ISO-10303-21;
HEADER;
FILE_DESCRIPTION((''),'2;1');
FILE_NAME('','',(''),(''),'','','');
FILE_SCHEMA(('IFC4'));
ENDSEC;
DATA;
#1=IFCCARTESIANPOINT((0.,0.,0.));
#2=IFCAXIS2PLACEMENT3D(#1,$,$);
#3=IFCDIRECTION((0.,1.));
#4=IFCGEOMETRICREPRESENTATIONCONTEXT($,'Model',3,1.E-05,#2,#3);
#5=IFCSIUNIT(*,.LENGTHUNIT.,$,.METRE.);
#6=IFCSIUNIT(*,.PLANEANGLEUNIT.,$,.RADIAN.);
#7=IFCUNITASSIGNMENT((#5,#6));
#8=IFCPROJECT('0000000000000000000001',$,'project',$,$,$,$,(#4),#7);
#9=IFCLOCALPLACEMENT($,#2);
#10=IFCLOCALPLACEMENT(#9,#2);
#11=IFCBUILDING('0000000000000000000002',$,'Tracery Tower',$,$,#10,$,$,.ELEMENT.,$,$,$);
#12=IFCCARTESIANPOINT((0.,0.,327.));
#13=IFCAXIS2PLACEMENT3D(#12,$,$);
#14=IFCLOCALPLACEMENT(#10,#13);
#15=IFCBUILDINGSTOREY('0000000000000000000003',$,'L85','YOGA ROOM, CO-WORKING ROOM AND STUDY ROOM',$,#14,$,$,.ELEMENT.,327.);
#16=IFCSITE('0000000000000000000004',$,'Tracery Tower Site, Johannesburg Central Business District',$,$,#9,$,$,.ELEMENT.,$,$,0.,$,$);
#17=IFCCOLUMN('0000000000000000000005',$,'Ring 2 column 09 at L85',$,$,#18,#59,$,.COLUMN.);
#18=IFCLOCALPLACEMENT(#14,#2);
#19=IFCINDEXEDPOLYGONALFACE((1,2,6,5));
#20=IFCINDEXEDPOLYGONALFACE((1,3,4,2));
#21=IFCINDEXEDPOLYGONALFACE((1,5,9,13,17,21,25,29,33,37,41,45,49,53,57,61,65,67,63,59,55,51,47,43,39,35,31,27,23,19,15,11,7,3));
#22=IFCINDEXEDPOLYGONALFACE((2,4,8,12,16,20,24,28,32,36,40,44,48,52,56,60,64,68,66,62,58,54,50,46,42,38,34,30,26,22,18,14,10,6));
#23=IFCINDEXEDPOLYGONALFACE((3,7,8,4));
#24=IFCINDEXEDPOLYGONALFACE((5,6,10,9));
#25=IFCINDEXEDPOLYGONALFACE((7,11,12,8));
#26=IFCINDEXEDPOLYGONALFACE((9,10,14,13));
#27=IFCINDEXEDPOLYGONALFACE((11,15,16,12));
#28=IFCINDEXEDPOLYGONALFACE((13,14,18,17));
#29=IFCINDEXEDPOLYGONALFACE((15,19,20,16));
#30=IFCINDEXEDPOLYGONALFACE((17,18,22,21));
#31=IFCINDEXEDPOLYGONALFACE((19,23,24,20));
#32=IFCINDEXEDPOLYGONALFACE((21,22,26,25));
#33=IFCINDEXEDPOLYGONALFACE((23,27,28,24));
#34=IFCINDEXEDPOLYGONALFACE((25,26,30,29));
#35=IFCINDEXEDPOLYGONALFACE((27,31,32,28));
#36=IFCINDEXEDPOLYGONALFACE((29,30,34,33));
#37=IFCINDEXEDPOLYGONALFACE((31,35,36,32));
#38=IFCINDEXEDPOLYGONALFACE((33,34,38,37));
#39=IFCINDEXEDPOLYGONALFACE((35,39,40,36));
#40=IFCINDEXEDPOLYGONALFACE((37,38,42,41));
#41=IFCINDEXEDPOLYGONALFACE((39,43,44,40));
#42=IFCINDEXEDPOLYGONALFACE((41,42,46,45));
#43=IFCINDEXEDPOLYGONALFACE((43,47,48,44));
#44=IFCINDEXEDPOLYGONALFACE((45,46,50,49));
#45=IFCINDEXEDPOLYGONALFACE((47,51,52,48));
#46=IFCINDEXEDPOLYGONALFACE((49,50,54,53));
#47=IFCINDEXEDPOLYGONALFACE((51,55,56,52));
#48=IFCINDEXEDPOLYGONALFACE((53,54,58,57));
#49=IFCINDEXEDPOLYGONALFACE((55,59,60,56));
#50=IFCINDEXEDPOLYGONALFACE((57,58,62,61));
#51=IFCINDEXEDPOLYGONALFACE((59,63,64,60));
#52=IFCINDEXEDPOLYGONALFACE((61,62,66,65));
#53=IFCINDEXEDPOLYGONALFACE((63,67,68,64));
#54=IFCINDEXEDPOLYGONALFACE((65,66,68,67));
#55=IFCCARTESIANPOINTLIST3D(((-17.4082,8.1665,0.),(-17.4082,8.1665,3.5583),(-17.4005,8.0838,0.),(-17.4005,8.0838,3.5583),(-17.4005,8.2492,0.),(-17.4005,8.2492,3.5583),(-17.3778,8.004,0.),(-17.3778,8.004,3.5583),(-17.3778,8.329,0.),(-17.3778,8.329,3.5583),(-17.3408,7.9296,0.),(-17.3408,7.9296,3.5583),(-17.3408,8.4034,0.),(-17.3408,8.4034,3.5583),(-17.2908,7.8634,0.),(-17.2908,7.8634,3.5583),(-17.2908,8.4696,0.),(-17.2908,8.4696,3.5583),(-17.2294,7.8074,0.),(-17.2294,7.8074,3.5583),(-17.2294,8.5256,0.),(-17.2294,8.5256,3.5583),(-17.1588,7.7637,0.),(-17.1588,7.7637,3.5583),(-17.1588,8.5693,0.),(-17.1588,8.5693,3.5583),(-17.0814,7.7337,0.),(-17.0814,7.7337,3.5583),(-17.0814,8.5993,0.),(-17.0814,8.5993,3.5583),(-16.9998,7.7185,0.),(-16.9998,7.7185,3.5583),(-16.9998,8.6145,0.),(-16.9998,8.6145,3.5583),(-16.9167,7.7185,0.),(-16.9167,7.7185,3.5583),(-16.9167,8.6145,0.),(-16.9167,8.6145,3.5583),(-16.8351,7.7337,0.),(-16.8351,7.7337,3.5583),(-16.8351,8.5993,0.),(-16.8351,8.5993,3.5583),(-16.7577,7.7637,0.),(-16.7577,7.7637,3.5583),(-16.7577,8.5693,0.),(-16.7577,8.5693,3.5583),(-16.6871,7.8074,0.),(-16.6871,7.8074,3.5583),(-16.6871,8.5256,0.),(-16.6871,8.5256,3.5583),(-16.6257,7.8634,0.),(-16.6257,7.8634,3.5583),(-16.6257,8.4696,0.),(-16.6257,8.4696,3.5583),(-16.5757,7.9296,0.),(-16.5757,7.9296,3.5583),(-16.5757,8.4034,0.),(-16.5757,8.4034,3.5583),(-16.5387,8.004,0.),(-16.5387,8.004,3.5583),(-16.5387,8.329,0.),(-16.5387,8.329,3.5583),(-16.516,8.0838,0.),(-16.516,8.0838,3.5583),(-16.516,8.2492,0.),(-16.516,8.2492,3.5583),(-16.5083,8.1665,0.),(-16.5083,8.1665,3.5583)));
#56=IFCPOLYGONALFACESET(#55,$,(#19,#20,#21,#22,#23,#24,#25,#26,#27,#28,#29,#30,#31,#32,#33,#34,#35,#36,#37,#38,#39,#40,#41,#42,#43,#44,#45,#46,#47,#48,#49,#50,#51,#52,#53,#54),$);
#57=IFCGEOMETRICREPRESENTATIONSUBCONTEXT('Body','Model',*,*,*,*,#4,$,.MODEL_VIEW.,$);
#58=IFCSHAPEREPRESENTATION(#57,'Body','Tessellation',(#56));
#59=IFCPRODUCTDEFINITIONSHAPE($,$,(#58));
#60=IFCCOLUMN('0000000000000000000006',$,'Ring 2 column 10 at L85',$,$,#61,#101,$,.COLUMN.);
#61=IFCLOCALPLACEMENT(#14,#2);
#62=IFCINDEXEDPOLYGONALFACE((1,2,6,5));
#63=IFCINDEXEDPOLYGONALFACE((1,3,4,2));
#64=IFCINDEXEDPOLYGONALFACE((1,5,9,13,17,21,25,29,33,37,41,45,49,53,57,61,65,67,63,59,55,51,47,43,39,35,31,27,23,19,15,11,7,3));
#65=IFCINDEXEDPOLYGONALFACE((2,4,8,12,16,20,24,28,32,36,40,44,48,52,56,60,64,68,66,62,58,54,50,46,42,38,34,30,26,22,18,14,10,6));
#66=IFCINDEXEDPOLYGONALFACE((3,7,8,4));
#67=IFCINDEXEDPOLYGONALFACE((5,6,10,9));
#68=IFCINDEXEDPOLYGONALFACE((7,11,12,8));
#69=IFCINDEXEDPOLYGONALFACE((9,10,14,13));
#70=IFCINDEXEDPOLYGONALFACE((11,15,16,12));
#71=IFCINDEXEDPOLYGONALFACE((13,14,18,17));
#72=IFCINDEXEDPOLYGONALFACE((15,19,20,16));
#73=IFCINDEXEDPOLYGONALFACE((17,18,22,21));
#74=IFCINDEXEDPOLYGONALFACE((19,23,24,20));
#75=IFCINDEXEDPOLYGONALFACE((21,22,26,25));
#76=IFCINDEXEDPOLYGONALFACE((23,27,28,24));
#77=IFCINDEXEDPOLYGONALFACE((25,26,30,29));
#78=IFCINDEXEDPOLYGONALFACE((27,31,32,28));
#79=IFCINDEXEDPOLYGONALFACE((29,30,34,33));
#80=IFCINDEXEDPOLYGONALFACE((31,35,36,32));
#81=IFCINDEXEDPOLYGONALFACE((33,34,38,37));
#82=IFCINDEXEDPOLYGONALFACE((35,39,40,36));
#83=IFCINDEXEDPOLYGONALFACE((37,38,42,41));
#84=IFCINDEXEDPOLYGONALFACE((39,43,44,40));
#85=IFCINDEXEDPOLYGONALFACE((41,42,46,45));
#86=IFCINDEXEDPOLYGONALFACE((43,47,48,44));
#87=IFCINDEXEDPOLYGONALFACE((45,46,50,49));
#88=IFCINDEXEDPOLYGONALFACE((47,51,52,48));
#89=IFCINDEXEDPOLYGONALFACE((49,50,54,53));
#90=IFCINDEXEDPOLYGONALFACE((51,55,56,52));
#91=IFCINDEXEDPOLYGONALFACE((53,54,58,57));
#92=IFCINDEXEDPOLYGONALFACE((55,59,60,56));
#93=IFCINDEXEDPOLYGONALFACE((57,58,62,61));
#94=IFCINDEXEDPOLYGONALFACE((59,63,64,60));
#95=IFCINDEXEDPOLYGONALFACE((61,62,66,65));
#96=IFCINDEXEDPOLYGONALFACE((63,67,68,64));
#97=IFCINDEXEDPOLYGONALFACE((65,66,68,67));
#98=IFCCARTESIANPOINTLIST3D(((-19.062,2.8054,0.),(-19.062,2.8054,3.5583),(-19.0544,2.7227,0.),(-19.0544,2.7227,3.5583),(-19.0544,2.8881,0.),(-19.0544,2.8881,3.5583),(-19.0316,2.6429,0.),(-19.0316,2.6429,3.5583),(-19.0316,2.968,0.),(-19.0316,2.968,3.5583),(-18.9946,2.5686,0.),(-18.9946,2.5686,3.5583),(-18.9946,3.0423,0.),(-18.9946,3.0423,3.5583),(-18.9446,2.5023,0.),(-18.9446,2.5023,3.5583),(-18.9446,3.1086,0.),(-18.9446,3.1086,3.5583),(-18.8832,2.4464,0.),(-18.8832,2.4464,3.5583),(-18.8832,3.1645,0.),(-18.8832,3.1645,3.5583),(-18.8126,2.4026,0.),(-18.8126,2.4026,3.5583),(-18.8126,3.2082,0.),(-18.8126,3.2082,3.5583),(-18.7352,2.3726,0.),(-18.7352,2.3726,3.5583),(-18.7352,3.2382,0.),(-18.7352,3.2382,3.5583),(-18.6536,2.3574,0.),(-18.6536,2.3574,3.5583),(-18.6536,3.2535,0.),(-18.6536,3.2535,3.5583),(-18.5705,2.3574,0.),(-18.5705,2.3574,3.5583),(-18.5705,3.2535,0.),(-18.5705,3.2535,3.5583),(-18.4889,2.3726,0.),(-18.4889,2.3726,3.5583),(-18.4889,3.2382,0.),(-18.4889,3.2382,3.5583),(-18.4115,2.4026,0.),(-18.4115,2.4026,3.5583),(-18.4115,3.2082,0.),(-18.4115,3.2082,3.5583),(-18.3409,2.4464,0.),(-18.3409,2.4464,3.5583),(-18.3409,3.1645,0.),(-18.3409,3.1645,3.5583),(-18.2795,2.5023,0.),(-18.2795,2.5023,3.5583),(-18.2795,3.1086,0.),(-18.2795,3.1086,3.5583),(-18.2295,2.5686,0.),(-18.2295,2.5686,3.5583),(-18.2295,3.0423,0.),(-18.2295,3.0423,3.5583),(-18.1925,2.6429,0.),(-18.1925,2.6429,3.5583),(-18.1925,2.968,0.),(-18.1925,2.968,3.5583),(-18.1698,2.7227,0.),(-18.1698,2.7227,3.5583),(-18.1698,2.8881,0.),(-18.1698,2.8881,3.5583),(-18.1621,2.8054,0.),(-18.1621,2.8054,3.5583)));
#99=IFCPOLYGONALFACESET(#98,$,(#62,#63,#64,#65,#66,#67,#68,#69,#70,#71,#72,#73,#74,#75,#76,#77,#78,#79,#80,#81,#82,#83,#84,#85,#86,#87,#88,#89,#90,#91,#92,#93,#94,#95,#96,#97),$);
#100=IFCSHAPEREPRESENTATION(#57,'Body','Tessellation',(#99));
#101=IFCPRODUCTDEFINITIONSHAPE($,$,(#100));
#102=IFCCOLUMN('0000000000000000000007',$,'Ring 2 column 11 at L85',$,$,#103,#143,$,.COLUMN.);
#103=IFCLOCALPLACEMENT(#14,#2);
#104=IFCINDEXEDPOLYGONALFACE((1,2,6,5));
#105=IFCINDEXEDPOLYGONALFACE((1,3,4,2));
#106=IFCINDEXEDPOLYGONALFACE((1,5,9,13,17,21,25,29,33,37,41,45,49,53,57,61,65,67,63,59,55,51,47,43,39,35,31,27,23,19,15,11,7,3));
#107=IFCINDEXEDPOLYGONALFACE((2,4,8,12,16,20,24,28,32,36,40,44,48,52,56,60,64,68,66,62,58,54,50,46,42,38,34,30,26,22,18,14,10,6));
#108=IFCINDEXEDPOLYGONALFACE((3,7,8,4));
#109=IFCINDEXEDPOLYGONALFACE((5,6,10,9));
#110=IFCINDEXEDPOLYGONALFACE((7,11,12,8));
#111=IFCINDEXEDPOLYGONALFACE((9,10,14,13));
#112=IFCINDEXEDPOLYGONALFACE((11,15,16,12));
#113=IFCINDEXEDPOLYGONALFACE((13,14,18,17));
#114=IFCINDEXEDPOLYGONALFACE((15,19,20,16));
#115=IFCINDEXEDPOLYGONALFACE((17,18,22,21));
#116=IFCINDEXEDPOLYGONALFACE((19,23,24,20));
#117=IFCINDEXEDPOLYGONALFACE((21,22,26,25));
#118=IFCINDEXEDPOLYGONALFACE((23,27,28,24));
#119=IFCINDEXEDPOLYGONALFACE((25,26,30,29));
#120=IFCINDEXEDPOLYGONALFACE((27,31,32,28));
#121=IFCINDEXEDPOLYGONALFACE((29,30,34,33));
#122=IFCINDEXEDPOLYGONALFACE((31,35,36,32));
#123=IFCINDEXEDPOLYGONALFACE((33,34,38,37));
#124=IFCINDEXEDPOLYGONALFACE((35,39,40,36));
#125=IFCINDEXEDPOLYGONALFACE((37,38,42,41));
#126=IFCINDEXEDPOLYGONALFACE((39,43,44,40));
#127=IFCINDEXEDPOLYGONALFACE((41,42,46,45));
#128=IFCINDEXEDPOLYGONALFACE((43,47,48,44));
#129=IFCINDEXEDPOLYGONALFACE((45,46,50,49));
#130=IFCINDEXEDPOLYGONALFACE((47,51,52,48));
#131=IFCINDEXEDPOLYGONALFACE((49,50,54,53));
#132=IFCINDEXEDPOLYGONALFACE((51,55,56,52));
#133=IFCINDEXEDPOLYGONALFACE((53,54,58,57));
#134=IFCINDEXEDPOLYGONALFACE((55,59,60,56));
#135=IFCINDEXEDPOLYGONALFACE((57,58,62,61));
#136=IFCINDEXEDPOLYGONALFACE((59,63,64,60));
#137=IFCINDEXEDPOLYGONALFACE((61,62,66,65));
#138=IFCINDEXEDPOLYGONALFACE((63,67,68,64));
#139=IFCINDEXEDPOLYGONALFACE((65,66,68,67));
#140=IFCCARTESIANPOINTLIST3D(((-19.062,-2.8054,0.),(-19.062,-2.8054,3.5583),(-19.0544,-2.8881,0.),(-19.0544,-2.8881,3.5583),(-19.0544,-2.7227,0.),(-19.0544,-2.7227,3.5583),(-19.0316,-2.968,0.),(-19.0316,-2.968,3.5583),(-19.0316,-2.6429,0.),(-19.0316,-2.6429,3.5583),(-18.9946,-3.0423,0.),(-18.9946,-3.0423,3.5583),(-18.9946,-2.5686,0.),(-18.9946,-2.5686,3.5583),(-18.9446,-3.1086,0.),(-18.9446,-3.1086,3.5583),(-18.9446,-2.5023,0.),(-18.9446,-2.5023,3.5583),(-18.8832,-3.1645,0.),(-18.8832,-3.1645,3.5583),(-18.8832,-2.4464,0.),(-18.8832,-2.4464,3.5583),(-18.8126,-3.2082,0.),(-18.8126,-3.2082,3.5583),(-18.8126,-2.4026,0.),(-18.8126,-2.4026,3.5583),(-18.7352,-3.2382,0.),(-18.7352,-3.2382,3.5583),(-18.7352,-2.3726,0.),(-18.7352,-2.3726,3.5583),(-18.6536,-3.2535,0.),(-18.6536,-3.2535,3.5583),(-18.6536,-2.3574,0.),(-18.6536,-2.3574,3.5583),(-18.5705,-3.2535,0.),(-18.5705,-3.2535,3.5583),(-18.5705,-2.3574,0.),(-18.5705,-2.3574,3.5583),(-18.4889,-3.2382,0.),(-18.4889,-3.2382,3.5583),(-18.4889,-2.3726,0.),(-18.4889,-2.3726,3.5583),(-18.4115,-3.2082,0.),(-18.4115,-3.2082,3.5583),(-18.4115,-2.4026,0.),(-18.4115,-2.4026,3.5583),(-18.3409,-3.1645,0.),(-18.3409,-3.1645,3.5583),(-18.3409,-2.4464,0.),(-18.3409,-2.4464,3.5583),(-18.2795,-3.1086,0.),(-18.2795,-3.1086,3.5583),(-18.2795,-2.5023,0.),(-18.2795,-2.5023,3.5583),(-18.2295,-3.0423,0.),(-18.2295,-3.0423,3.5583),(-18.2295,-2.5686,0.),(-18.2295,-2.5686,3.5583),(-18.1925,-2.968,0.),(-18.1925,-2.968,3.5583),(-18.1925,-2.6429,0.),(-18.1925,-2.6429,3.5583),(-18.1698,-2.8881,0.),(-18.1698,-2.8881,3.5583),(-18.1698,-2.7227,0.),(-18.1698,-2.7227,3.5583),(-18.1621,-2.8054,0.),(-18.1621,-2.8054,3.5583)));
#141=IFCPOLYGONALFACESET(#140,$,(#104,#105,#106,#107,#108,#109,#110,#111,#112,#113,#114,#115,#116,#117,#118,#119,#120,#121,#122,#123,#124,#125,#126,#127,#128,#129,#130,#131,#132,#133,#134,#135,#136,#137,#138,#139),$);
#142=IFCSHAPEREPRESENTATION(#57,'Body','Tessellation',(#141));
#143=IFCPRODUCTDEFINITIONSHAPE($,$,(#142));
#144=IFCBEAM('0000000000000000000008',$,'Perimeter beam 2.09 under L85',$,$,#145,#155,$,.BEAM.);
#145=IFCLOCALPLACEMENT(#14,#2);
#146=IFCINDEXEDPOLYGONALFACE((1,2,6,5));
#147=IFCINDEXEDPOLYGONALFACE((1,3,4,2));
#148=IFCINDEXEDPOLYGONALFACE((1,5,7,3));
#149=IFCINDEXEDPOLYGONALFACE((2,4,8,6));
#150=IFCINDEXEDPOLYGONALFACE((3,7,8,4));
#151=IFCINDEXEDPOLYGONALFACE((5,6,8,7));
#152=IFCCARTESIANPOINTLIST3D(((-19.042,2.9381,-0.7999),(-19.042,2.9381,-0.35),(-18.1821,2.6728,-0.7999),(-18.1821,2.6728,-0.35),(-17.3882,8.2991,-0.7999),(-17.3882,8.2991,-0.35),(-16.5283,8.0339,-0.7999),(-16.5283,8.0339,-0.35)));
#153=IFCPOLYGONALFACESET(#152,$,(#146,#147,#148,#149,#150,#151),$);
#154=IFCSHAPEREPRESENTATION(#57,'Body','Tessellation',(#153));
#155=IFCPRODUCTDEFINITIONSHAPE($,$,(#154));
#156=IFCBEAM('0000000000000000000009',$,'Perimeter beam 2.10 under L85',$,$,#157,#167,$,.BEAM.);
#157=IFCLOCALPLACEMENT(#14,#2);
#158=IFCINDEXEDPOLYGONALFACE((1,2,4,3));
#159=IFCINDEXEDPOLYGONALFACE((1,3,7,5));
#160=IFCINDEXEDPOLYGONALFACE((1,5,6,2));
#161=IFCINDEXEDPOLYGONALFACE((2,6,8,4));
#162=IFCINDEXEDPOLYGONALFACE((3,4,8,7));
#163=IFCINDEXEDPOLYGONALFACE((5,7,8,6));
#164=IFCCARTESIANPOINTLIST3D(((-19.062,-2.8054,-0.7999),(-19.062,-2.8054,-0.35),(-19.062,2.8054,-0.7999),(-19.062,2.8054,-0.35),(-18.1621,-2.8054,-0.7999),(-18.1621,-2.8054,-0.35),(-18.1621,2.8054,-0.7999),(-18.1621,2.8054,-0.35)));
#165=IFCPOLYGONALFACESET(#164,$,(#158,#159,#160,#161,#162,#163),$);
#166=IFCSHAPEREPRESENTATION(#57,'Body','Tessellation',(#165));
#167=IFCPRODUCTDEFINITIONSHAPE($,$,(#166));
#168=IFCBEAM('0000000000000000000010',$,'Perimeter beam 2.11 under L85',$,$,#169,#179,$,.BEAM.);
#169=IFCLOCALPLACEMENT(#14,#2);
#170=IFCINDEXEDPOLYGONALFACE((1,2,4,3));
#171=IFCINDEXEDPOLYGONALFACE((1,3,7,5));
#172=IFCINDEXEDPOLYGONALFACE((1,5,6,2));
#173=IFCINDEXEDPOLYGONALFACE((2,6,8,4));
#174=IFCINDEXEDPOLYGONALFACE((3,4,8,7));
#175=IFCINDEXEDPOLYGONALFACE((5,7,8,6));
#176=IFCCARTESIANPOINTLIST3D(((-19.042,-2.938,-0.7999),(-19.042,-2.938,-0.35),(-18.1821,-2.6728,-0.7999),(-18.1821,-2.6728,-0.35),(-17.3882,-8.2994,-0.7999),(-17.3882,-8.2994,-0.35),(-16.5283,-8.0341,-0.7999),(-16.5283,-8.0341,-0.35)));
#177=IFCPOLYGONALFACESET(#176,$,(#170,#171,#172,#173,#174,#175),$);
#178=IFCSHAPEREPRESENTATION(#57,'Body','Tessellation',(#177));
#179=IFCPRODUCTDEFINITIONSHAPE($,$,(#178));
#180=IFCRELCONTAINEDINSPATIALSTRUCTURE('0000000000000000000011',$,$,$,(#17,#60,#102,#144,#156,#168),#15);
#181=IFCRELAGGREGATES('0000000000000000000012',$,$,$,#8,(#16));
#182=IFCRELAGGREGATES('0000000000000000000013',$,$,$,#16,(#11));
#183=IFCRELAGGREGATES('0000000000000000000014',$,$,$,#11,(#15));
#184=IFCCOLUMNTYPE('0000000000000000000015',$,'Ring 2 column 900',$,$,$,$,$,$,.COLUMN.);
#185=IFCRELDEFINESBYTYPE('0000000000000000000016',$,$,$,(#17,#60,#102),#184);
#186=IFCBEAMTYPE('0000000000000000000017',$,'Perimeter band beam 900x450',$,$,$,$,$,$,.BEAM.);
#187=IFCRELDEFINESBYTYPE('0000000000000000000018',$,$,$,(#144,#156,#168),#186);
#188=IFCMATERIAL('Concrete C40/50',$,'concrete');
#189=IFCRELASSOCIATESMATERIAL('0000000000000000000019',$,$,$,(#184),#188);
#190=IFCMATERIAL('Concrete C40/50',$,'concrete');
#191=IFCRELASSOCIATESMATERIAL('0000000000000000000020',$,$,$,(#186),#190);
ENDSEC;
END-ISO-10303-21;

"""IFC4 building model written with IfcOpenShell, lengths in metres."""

from ifc_helpers import new_model, si_unit, direction, frame, origin, origin_2d, place, context, subcontext, project, spatial, rectangle, circle, extrude, material, material_profile, profile_set, type_object, element, save


model = new_model("IFC4")

# Units and contexts
model_context = context("Model", 3, precision=1e-05, world=origin(), true_north=direction((0.0, 1.0)))
body_context = subcontext(model_context, "Body", "Model", "MODEL_VIEW")
ifc_project = project(units=[si_unit("LENGTHUNIT", "METRE"), si_unit("PLANEANGLEUNIT", "RADIAN")], contexts=[model_context])

# Site, building, storey
site_placement = place(None, origin())
site = spatial("IfcSite", under=ifc_project, at=site_placement, Name="Tracery Tower Site, Johannesburg Central Business District", CompositionType="ELEMENT", RefElevation=0.0)
building_placement = place(site_placement, origin())
building = spatial("IfcBuilding", under=site, at=building_placement, Name="Tracery Tower", CompositionType="ELEMENT")
storey_placement = place(building_placement, frame((0.0, 0.0, 327.0)))
storey = spatial("IfcBuildingStorey", under=building, at=storey_placement, Name="L85", Description="YOGA ROOM, CO-WORKING ROOM AND STUDY ROOM", CompositionType="ELEMENT", Elevation=327.0)

# Columns
ifc_material_1 = material(Name="Concrete C40/50", Category="concrete")
ifc_material_profile_1 = material_profile(ifc_material_1, circle(Radius=0.45, at=origin_2d()), Name="RC D900")
ifc_profile_set_1 = profile_set([ifc_material_profile_1], Name="Concrete C40/50")
column_type = type_object("IfcColumnType", Name="Ring 2 column 900", PredefinedType="COLUMN", material=ifc_profile_set_1)
for number, where, z_axis, x_axis, name in (
    (1, (-16.9583, 8.1665, 0.0), (0.0, 0.0, 1.0), (1.0, 0.0, 0.0), "Ring 2 column 09 at L85"),
    (2, (-18.6121, 2.8054, 0.0), (0.0, 0.0, 1.0), (1.0, 0.0, 0.0), "Ring 2 column 10 at L85"),
    (3, (-18.6121, -2.8054, 0.0), (0.0, 0.0, 1.0), (1.0, 0.0, 0.0), "Ring 2 column 11 at L85"),
):
    element("IfcColumn", number, at=place(storey_placement, frame(where, z_axis=z_axis, x_axis=x_axis)), inside=storey, type_object=column_type, Name=name, PredefinedType="COLUMN", context=body_context, shape_type="SweptSolid", body=[
        extrude(circle(Radius=0.45, at=origin_2d()), origin(), (0.0, 0.0, 1.0), 3.5583),
    ])

# Beams
ifc_material_2 = material(Name="Concrete C40/50", Category="concrete")
ifc_material_profile_2 = material_profile(ifc_material_2, rectangle(XDim=0.8999, YDim=0.45, at=origin_2d()), Name="RC 900x450")
ifc_profile_set_2 = profile_set([ifc_material_profile_2], Name="Concrete C40/50")
beam_type = type_object("IfcBeamType", Name="Perimeter band beam 900x450", PredefinedType="BEAM", material=ifc_profile_set_2)
beam_1_placement = place(storey_placement, frame((-16.9583, 8.1665, -0.575), z_axis=(-0.294777, -0.955566, 0.0), x_axis=(0.955566, -0.294777, 0.0)))
element("IfcBeam", 4, at=beam_1_placement, inside=storey, type_object=beam_type, Name="Perimeter beam 2.09 under L85", PredefinedType="BEAM", context=body_context, shape_type="SweptSolid", body=[
    extrude(rectangle(XDim=0.8999, YDim=0.45, at=origin_2d()), origin(), (0.0, 0.0, 1.0), 5.6104),
])
beam_2_placement = place(storey_placement, frame((-18.6121, 2.8054, -0.575), z_axis=(0.0, -1.0, 0.0), x_axis=(1.0, 0.0, 0.0)))
element("IfcBeam", 5, at=beam_2_placement, inside=storey, type_object=beam_type, Name="Perimeter beam 2.10 under L85", PredefinedType="BEAM", context=body_context, shape_type="SweptSolid", body=[
    extrude(rectangle(XDim=0.8999, YDim=0.45, at=origin_2d()), origin(), (0.0, 0.0, 1.0), 5.6108),
])
beam_3_placement = place(storey_placement, frame((-18.6121, -2.8054, -0.575), z_axis=(0.294765, -0.95557, 0.0), x_axis=(0.95557, 0.294765, 0.0)))
element("IfcBeam", 6, at=beam_3_placement, inside=storey, type_object=beam_type, Name="Perimeter beam 2.11 under L85", PredefinedType="BEAM", context=body_context, shape_type="SweptSolid", body=[
    extrude(rectangle(XDim=0.8999, YDim=0.45, at=origin_2d()), origin(), (0.0, 0.0, 1.0), 5.6106),
])

save(model, "model.ifc")
